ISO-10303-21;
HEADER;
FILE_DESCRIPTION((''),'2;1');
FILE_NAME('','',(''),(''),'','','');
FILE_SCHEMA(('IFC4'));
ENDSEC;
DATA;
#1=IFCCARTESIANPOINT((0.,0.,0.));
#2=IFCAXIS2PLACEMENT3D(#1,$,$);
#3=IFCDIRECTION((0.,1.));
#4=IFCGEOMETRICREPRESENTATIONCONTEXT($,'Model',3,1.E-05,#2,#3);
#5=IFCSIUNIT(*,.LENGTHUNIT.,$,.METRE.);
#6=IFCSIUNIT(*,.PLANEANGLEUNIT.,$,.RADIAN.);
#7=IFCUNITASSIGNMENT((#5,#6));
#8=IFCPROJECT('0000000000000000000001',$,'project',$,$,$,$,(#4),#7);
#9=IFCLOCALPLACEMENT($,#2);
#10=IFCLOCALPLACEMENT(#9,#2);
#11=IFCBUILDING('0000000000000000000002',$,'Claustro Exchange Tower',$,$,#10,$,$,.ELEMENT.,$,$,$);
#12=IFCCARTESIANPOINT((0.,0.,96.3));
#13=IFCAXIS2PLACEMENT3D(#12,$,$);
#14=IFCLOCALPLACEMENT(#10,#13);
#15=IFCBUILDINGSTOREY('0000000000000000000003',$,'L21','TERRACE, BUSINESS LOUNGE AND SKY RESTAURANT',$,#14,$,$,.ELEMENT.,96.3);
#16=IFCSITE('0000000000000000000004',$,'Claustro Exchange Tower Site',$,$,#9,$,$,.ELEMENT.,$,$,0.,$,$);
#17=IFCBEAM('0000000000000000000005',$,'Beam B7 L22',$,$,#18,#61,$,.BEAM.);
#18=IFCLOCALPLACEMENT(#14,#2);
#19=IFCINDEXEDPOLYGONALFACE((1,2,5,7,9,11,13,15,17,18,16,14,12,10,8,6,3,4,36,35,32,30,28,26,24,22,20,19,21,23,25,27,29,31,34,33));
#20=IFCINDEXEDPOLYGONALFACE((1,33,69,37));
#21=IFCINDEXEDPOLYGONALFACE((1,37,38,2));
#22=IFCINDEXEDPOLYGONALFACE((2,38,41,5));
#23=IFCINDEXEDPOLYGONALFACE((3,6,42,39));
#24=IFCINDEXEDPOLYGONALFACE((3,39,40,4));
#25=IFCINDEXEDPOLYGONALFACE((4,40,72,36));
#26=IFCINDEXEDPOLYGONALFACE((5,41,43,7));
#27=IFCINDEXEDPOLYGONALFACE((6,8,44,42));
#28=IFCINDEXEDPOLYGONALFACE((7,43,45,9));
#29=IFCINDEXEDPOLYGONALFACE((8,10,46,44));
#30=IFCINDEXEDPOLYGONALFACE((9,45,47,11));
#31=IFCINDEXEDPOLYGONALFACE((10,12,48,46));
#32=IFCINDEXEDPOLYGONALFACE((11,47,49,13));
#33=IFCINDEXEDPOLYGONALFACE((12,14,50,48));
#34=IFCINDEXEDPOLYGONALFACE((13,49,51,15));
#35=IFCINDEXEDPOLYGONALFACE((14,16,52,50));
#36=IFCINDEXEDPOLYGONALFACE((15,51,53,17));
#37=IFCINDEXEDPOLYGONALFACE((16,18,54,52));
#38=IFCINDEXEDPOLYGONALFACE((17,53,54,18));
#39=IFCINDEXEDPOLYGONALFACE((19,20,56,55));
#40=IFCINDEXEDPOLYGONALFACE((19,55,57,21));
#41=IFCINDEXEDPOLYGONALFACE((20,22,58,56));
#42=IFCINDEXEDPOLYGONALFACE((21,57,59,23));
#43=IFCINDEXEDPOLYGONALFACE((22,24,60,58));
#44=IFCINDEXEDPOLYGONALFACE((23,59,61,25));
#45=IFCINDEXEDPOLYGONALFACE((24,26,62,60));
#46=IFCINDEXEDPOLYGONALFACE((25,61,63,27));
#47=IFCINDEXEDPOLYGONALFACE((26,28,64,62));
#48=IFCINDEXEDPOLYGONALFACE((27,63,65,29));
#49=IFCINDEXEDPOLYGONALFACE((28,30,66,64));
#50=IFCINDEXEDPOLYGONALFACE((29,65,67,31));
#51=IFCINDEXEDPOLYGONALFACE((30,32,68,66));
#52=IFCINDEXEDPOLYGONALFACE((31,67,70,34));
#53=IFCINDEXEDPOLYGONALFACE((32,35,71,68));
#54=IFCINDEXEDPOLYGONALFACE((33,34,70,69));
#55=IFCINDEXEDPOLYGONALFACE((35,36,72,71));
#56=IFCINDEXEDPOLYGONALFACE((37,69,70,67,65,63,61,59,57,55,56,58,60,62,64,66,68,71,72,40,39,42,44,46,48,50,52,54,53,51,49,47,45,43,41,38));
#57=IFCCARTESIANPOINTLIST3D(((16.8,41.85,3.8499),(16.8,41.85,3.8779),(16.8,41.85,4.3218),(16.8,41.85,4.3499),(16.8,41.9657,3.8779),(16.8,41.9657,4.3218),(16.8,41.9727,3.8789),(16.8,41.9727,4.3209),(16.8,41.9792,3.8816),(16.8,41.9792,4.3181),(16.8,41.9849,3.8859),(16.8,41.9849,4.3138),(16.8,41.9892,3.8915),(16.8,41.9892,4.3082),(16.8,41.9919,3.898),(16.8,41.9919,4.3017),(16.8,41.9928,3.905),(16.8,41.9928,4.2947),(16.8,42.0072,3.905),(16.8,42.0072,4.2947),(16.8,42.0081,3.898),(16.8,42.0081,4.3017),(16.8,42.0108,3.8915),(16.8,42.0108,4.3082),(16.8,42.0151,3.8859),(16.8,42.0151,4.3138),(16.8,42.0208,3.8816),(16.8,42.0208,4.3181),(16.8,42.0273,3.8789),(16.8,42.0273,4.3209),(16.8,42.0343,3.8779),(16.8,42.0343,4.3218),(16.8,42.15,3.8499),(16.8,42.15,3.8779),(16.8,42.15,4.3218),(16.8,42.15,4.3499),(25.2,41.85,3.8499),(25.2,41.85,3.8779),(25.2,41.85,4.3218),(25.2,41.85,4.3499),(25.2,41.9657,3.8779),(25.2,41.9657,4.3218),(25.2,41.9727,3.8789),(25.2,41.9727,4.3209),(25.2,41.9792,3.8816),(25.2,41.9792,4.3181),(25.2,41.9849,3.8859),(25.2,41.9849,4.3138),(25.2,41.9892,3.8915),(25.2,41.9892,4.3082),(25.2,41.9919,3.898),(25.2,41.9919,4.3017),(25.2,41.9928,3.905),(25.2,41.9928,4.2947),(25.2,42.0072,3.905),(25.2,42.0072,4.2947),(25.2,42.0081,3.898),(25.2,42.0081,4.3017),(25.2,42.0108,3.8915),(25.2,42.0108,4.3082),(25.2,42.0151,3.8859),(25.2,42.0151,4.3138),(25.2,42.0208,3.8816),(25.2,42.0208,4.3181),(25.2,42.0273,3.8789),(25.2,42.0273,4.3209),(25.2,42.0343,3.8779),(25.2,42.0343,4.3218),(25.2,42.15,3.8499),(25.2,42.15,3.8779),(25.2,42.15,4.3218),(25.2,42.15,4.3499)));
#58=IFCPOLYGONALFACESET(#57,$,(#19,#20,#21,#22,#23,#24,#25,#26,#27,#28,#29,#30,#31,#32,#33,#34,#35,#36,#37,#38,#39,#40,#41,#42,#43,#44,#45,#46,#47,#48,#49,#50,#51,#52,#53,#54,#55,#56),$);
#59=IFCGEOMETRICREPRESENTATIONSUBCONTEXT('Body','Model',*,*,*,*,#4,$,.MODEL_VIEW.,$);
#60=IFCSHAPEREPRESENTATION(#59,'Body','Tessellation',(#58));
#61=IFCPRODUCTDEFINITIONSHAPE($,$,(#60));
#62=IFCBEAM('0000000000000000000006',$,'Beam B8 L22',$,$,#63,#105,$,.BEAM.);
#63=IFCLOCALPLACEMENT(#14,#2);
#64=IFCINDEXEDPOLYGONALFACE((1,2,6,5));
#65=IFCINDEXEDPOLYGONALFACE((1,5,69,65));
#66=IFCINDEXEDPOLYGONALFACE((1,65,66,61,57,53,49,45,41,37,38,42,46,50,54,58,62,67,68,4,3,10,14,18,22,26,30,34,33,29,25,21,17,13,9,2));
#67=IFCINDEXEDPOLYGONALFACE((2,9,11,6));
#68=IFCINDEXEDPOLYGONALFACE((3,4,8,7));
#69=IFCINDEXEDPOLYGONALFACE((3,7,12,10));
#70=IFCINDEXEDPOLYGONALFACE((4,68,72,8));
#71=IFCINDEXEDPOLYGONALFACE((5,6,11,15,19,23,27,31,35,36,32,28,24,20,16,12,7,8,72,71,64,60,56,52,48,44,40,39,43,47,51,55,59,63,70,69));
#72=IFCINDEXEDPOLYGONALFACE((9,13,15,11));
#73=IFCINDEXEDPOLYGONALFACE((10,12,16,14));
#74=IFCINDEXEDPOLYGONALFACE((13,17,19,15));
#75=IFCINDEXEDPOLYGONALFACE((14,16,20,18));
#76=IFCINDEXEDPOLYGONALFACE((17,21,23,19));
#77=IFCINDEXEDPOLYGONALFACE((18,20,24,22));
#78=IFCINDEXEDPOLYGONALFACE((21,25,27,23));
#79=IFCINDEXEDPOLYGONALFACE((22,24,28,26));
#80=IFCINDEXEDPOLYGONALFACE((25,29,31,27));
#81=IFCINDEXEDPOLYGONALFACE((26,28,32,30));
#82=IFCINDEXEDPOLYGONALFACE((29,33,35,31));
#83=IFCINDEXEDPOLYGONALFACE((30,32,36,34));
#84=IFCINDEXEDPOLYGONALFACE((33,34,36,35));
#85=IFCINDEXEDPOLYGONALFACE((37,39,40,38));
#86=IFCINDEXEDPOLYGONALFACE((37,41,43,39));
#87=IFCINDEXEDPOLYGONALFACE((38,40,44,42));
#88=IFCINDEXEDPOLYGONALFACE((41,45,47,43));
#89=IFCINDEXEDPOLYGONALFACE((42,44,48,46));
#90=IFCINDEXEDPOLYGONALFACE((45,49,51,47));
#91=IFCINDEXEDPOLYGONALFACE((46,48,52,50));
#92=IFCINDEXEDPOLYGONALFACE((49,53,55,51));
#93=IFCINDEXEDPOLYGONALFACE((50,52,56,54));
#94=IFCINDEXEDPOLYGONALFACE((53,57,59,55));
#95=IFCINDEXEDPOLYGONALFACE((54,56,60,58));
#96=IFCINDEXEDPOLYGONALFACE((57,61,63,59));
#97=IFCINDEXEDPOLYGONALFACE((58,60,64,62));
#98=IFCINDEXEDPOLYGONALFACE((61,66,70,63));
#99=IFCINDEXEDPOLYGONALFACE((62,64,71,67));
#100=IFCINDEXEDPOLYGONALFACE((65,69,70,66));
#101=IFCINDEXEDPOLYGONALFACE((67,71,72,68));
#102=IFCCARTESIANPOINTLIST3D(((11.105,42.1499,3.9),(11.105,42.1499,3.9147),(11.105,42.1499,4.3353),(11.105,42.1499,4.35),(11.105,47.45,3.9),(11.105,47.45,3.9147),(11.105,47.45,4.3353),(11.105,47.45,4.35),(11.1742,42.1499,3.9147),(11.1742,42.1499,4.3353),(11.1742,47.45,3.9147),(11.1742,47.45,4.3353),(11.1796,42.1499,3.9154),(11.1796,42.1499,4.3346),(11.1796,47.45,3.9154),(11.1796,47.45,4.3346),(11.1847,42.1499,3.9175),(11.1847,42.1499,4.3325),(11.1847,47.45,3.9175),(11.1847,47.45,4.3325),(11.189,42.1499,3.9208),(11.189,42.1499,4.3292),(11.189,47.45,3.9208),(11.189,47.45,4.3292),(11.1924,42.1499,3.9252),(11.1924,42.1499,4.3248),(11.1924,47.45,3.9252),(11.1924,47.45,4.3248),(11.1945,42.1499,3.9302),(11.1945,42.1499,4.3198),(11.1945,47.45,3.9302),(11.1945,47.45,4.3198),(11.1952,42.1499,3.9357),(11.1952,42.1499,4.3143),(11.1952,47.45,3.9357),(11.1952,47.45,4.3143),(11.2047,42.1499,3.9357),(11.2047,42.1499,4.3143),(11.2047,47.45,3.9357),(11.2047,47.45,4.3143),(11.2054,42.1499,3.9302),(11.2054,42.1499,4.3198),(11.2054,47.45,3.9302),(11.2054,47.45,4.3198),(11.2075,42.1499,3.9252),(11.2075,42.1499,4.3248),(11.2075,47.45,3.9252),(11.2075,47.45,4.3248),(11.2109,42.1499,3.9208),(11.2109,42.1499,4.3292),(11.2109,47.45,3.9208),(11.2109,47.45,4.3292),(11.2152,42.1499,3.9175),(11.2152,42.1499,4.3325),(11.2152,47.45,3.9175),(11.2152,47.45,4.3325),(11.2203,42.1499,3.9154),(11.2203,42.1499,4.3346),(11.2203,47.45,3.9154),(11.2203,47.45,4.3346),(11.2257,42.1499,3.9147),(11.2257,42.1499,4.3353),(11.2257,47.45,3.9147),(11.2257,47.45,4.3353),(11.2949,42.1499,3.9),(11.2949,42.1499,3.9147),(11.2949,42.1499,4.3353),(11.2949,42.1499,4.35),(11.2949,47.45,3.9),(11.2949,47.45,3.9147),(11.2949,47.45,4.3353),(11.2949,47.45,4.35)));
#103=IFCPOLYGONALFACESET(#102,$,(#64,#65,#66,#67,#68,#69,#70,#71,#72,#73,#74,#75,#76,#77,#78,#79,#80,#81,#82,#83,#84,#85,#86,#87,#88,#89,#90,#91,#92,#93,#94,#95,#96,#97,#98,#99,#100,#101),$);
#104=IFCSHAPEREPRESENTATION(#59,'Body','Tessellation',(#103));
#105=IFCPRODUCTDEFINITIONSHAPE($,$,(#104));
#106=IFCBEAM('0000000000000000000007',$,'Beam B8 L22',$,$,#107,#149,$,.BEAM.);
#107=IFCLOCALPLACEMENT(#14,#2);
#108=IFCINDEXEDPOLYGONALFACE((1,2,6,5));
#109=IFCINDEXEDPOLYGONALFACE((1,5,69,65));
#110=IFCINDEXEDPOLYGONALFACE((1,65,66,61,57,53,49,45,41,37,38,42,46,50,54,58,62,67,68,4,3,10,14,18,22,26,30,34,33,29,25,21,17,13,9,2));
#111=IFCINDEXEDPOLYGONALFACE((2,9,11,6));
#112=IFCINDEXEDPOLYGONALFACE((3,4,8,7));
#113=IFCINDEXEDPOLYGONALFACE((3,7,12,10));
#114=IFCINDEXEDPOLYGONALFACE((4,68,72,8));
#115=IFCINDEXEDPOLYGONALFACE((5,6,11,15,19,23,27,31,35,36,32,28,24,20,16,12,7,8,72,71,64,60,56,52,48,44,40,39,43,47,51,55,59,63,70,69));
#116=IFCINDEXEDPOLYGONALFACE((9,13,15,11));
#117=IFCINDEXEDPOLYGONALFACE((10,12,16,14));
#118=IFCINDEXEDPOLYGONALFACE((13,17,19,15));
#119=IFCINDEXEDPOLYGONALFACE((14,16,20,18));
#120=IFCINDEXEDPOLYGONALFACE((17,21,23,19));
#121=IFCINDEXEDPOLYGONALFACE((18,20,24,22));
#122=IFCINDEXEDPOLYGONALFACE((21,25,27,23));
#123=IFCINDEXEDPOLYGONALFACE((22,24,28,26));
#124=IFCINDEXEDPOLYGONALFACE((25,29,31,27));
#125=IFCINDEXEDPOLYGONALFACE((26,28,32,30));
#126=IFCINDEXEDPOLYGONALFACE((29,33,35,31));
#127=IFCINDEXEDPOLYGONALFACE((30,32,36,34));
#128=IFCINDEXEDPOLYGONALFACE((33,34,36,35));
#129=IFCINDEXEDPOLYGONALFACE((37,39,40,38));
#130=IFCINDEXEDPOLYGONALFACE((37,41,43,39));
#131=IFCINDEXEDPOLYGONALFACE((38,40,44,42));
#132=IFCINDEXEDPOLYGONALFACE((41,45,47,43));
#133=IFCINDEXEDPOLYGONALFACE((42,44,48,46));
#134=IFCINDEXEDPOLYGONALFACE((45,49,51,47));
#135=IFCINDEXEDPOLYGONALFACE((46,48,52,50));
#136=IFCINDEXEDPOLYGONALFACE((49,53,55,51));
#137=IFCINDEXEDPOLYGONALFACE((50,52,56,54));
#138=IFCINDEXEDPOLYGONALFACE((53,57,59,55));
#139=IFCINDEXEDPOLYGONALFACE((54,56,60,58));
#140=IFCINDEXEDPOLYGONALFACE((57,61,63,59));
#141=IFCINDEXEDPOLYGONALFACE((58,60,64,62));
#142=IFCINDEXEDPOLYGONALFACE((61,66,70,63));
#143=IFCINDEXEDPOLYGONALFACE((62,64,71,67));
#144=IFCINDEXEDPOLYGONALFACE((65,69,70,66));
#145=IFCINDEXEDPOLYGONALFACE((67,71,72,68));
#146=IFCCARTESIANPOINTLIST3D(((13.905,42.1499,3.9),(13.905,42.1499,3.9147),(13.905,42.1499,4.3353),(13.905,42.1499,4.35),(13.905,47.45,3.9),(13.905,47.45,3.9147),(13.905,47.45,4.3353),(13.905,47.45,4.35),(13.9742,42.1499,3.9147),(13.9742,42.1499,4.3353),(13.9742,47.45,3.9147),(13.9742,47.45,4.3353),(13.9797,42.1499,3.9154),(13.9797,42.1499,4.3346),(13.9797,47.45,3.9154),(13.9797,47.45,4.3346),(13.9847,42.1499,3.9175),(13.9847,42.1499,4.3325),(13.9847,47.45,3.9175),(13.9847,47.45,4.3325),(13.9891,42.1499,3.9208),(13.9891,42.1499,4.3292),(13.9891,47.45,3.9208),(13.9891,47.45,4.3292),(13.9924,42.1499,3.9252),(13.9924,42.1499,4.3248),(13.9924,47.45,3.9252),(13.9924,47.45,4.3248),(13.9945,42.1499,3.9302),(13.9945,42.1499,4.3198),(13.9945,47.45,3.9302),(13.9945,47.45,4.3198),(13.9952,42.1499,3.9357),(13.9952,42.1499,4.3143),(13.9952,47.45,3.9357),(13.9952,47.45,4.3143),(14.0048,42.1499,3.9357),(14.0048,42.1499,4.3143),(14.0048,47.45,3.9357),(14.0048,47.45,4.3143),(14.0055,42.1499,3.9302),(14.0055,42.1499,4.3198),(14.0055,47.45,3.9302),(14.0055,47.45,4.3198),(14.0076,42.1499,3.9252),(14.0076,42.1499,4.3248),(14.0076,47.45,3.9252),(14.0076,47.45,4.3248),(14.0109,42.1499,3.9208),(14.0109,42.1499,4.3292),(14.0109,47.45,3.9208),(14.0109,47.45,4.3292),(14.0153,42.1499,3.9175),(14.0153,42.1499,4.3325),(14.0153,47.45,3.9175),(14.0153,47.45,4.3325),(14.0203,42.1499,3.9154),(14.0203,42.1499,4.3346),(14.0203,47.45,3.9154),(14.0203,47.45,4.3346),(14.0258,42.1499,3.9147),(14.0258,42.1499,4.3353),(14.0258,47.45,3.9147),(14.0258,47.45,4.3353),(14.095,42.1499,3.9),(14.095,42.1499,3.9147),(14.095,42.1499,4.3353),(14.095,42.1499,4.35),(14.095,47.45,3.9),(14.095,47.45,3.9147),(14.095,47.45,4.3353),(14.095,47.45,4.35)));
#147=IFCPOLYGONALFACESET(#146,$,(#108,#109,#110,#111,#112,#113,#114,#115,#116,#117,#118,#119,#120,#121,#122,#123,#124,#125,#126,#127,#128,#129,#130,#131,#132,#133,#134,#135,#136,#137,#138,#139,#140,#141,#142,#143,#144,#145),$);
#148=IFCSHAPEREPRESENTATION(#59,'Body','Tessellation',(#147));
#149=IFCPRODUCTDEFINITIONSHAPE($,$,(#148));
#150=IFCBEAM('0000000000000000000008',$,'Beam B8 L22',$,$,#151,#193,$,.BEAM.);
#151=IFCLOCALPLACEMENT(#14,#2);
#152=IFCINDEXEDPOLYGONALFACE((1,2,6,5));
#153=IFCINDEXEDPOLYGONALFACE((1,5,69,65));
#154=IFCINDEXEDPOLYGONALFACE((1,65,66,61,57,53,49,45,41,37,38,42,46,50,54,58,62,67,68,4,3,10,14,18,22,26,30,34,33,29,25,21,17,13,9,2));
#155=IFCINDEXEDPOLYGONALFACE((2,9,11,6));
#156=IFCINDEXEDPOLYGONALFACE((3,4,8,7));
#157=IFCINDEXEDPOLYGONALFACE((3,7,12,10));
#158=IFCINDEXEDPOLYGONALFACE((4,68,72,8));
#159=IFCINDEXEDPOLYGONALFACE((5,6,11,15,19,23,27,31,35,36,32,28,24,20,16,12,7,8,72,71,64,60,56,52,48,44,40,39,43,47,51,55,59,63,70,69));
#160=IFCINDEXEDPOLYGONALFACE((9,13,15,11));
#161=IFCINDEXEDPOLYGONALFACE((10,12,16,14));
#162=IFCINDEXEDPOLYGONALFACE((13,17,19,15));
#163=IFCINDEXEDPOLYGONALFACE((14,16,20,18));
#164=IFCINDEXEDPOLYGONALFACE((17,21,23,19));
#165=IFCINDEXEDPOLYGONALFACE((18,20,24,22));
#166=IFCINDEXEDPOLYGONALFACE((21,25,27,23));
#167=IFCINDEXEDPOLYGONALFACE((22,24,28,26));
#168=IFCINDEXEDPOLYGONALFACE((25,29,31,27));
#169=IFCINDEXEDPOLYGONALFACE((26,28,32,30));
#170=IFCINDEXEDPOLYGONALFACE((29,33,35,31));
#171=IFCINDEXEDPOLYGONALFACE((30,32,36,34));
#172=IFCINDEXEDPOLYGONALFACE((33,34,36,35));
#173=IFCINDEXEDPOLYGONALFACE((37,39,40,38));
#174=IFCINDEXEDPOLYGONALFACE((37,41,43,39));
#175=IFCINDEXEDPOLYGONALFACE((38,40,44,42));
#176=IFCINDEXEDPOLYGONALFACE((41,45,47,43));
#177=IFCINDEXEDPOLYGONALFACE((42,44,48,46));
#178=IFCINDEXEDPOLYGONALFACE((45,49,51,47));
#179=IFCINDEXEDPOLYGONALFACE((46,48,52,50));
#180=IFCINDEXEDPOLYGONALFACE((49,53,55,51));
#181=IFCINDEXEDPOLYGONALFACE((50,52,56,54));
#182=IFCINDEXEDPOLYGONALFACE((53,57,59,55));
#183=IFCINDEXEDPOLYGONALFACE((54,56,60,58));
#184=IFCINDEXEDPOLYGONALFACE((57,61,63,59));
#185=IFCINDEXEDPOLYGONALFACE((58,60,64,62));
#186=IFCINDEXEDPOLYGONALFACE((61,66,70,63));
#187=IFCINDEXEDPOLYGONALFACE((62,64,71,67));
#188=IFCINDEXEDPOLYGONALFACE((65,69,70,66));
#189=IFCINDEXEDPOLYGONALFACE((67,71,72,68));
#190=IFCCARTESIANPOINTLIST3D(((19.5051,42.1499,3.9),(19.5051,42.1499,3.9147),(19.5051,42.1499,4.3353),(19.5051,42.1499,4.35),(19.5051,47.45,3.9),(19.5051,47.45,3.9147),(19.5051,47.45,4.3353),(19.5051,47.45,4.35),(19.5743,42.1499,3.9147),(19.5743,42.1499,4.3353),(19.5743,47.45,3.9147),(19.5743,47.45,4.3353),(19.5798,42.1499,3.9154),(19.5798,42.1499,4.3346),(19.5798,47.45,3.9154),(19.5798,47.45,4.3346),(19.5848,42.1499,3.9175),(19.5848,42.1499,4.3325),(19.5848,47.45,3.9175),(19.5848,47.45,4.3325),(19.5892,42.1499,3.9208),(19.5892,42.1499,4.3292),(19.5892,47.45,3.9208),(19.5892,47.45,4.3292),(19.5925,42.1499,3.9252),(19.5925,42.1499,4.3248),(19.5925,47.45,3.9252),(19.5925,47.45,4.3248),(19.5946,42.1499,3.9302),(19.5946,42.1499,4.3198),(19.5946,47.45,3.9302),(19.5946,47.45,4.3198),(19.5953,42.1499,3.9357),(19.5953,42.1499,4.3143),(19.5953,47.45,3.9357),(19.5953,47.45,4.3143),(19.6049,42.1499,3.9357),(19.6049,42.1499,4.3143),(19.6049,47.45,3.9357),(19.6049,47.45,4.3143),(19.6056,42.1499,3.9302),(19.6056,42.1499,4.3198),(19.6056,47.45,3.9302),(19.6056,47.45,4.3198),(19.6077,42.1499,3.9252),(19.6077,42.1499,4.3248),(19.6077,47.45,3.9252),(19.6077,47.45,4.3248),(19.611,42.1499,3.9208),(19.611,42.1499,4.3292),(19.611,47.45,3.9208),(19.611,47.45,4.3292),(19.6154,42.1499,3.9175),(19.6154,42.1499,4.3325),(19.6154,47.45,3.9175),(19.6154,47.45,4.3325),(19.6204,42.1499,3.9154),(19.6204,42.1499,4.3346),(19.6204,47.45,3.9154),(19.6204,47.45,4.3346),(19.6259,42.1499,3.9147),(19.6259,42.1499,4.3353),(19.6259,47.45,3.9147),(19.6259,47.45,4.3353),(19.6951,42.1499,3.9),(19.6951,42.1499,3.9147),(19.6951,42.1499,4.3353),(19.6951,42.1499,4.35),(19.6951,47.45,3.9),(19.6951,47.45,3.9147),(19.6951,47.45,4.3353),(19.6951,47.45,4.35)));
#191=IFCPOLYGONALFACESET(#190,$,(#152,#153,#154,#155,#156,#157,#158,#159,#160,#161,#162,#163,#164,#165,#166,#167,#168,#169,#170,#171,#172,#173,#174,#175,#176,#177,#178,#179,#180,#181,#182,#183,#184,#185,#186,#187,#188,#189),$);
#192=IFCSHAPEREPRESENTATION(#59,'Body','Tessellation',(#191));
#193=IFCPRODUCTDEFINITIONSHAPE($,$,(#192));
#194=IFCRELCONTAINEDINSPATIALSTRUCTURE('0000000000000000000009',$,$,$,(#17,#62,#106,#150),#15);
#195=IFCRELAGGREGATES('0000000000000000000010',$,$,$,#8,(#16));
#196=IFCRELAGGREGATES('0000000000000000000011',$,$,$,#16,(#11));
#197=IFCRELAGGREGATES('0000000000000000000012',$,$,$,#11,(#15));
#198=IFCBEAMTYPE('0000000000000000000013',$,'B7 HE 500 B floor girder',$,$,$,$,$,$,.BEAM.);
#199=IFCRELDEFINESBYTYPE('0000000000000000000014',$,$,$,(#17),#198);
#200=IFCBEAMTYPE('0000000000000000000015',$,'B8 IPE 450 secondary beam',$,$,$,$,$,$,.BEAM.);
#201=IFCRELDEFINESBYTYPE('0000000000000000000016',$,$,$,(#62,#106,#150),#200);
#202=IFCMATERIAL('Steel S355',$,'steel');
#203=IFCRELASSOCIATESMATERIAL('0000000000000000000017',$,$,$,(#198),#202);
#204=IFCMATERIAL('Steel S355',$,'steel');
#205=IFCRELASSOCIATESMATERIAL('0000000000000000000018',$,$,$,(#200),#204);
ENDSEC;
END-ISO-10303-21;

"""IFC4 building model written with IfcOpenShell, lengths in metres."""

from ifc_helpers import new_model, si_unit, direction, frame, origin, origin_2d, place, context, subcontext, project, spatial, i_section, extrude, material, material_profile, profile_set, type_object, element, save


model = new_model("IFC4")

# Units and contexts
model_context = context("Model", 3, precision=1e-05, world=origin(), true_north=direction((0.0, 1.0)))
body_context = subcontext(model_context, "Body", "Model", "MODEL_VIEW")
ifc_project = project(units=[si_unit("LENGTHUNIT", "METRE"), si_unit("PLANEANGLEUNIT", "RADIAN")], contexts=[model_context])

# Site, building, storey
site_placement = place(None, origin())
site = spatial("IfcSite", under=ifc_project, at=site_placement, Name="Claustro Exchange Tower Site", CompositionType="ELEMENT", RefElevation=0.0)
building_placement = place(site_placement, origin())
building = spatial("IfcBuilding", under=site, at=building_placement, Name="Claustro Exchange Tower", CompositionType="ELEMENT")
storey_placement = place(building_placement, frame((0.0, 0.0, 96.3)))
storey = spatial("IfcBuildingStorey", under=building, at=storey_placement, Name="L21", Description="TERRACE, BUSINESS LOUNGE AND SKY RESTAURANT", CompositionType="ELEMENT", Elevation=96.3)

# Beams
ifc_material_1 = material(Name="Steel S355", Category="steel")
ifc_material_profile_1 = material_profile(ifc_material_1, i_section(OverallWidth=0.3, OverallDepth=0.5, WebThickness=0.0144, FlangeThickness=0.0281, FilletRadius=0.0271, at=origin_2d()), Name="HE 500 B")
ifc_profile_set_1 = profile_set([ifc_material_profile_1], Name="Steel S355")
beam_type_1 = type_object("IfcBeamType", Name="B7 HE 500 B floor girder", PredefinedType="BEAM", material=ifc_profile_set_1)
beam_1_placement = place(storey_placement, frame((16.8, 42.0, 4.0999), z_axis=(1.0, 0.0, 0.0), x_axis=(0.0, 1.0, 0.0)))
element("IfcBeam", 1, at=beam_1_placement, inside=storey, type_object=beam_type_1, Name="Beam B7 L22", PredefinedType="BEAM", context=body_context, shape_type="SweptSolid", body=[
    extrude(i_section(OverallWidth=0.3, OverallDepth=0.5, WebThickness=0.0144, FlangeThickness=0.0281, FilletRadius=0.0271, at=origin_2d()), origin(), (0.0, 0.0, 1.0), 8.3999),
])
ifc_material_2 = material(Name="Steel S355", Category="steel")
ifc_material_profile_2 = material_profile(ifc_material_2, i_section(OverallWidth=0.1899, OverallDepth=0.45, WebThickness=0.0095, FlangeThickness=0.0146, FilletRadius=0.021, at=origin_2d()), Name="IPE 450")
ifc_profile_set_2 = profile_set([ifc_material_profile_2], Name="Steel S355")
beam_type_2 = type_object("IfcBeamType", Name="B8 IPE 450 secondary beam", PredefinedType="BEAM", material=ifc_profile_set_2)
for number, where, z_axis, x_axis, name in (
    (2, (11.2, 42.1499, 4.125), (0.0, 1.0, 0.0), (-1.0, 0.0, 0.0), "Beam B8 L22"),
    (3, (14.0, 42.1499, 4.125), (0.0, 1.0, 0.0), (-1.0, 0.0, 0.0), "Beam B8 L22"),
    (4, (19.6001, 42.1499, 4.125), (0.0, 1.0, 0.0), (-1.0, 0.0, 0.0), "Beam B8 L22"),
):
    element("IfcBeam", number, at=place(storey_placement, frame(where, z_axis=z_axis, x_axis=x_axis)), inside=storey, type_object=beam_type_2, Name=name, PredefinedType="BEAM", context=body_context, shape_type="SweptSolid", body=[
        extrude(i_section(OverallWidth=0.1899, OverallDepth=0.45, WebThickness=0.0095, FlangeThickness=0.0146, FilletRadius=0.021, at=origin_2d()), origin(), (0.0, 0.0, 1.0), 5.3),
    ])

save(model, "model.ifc")
